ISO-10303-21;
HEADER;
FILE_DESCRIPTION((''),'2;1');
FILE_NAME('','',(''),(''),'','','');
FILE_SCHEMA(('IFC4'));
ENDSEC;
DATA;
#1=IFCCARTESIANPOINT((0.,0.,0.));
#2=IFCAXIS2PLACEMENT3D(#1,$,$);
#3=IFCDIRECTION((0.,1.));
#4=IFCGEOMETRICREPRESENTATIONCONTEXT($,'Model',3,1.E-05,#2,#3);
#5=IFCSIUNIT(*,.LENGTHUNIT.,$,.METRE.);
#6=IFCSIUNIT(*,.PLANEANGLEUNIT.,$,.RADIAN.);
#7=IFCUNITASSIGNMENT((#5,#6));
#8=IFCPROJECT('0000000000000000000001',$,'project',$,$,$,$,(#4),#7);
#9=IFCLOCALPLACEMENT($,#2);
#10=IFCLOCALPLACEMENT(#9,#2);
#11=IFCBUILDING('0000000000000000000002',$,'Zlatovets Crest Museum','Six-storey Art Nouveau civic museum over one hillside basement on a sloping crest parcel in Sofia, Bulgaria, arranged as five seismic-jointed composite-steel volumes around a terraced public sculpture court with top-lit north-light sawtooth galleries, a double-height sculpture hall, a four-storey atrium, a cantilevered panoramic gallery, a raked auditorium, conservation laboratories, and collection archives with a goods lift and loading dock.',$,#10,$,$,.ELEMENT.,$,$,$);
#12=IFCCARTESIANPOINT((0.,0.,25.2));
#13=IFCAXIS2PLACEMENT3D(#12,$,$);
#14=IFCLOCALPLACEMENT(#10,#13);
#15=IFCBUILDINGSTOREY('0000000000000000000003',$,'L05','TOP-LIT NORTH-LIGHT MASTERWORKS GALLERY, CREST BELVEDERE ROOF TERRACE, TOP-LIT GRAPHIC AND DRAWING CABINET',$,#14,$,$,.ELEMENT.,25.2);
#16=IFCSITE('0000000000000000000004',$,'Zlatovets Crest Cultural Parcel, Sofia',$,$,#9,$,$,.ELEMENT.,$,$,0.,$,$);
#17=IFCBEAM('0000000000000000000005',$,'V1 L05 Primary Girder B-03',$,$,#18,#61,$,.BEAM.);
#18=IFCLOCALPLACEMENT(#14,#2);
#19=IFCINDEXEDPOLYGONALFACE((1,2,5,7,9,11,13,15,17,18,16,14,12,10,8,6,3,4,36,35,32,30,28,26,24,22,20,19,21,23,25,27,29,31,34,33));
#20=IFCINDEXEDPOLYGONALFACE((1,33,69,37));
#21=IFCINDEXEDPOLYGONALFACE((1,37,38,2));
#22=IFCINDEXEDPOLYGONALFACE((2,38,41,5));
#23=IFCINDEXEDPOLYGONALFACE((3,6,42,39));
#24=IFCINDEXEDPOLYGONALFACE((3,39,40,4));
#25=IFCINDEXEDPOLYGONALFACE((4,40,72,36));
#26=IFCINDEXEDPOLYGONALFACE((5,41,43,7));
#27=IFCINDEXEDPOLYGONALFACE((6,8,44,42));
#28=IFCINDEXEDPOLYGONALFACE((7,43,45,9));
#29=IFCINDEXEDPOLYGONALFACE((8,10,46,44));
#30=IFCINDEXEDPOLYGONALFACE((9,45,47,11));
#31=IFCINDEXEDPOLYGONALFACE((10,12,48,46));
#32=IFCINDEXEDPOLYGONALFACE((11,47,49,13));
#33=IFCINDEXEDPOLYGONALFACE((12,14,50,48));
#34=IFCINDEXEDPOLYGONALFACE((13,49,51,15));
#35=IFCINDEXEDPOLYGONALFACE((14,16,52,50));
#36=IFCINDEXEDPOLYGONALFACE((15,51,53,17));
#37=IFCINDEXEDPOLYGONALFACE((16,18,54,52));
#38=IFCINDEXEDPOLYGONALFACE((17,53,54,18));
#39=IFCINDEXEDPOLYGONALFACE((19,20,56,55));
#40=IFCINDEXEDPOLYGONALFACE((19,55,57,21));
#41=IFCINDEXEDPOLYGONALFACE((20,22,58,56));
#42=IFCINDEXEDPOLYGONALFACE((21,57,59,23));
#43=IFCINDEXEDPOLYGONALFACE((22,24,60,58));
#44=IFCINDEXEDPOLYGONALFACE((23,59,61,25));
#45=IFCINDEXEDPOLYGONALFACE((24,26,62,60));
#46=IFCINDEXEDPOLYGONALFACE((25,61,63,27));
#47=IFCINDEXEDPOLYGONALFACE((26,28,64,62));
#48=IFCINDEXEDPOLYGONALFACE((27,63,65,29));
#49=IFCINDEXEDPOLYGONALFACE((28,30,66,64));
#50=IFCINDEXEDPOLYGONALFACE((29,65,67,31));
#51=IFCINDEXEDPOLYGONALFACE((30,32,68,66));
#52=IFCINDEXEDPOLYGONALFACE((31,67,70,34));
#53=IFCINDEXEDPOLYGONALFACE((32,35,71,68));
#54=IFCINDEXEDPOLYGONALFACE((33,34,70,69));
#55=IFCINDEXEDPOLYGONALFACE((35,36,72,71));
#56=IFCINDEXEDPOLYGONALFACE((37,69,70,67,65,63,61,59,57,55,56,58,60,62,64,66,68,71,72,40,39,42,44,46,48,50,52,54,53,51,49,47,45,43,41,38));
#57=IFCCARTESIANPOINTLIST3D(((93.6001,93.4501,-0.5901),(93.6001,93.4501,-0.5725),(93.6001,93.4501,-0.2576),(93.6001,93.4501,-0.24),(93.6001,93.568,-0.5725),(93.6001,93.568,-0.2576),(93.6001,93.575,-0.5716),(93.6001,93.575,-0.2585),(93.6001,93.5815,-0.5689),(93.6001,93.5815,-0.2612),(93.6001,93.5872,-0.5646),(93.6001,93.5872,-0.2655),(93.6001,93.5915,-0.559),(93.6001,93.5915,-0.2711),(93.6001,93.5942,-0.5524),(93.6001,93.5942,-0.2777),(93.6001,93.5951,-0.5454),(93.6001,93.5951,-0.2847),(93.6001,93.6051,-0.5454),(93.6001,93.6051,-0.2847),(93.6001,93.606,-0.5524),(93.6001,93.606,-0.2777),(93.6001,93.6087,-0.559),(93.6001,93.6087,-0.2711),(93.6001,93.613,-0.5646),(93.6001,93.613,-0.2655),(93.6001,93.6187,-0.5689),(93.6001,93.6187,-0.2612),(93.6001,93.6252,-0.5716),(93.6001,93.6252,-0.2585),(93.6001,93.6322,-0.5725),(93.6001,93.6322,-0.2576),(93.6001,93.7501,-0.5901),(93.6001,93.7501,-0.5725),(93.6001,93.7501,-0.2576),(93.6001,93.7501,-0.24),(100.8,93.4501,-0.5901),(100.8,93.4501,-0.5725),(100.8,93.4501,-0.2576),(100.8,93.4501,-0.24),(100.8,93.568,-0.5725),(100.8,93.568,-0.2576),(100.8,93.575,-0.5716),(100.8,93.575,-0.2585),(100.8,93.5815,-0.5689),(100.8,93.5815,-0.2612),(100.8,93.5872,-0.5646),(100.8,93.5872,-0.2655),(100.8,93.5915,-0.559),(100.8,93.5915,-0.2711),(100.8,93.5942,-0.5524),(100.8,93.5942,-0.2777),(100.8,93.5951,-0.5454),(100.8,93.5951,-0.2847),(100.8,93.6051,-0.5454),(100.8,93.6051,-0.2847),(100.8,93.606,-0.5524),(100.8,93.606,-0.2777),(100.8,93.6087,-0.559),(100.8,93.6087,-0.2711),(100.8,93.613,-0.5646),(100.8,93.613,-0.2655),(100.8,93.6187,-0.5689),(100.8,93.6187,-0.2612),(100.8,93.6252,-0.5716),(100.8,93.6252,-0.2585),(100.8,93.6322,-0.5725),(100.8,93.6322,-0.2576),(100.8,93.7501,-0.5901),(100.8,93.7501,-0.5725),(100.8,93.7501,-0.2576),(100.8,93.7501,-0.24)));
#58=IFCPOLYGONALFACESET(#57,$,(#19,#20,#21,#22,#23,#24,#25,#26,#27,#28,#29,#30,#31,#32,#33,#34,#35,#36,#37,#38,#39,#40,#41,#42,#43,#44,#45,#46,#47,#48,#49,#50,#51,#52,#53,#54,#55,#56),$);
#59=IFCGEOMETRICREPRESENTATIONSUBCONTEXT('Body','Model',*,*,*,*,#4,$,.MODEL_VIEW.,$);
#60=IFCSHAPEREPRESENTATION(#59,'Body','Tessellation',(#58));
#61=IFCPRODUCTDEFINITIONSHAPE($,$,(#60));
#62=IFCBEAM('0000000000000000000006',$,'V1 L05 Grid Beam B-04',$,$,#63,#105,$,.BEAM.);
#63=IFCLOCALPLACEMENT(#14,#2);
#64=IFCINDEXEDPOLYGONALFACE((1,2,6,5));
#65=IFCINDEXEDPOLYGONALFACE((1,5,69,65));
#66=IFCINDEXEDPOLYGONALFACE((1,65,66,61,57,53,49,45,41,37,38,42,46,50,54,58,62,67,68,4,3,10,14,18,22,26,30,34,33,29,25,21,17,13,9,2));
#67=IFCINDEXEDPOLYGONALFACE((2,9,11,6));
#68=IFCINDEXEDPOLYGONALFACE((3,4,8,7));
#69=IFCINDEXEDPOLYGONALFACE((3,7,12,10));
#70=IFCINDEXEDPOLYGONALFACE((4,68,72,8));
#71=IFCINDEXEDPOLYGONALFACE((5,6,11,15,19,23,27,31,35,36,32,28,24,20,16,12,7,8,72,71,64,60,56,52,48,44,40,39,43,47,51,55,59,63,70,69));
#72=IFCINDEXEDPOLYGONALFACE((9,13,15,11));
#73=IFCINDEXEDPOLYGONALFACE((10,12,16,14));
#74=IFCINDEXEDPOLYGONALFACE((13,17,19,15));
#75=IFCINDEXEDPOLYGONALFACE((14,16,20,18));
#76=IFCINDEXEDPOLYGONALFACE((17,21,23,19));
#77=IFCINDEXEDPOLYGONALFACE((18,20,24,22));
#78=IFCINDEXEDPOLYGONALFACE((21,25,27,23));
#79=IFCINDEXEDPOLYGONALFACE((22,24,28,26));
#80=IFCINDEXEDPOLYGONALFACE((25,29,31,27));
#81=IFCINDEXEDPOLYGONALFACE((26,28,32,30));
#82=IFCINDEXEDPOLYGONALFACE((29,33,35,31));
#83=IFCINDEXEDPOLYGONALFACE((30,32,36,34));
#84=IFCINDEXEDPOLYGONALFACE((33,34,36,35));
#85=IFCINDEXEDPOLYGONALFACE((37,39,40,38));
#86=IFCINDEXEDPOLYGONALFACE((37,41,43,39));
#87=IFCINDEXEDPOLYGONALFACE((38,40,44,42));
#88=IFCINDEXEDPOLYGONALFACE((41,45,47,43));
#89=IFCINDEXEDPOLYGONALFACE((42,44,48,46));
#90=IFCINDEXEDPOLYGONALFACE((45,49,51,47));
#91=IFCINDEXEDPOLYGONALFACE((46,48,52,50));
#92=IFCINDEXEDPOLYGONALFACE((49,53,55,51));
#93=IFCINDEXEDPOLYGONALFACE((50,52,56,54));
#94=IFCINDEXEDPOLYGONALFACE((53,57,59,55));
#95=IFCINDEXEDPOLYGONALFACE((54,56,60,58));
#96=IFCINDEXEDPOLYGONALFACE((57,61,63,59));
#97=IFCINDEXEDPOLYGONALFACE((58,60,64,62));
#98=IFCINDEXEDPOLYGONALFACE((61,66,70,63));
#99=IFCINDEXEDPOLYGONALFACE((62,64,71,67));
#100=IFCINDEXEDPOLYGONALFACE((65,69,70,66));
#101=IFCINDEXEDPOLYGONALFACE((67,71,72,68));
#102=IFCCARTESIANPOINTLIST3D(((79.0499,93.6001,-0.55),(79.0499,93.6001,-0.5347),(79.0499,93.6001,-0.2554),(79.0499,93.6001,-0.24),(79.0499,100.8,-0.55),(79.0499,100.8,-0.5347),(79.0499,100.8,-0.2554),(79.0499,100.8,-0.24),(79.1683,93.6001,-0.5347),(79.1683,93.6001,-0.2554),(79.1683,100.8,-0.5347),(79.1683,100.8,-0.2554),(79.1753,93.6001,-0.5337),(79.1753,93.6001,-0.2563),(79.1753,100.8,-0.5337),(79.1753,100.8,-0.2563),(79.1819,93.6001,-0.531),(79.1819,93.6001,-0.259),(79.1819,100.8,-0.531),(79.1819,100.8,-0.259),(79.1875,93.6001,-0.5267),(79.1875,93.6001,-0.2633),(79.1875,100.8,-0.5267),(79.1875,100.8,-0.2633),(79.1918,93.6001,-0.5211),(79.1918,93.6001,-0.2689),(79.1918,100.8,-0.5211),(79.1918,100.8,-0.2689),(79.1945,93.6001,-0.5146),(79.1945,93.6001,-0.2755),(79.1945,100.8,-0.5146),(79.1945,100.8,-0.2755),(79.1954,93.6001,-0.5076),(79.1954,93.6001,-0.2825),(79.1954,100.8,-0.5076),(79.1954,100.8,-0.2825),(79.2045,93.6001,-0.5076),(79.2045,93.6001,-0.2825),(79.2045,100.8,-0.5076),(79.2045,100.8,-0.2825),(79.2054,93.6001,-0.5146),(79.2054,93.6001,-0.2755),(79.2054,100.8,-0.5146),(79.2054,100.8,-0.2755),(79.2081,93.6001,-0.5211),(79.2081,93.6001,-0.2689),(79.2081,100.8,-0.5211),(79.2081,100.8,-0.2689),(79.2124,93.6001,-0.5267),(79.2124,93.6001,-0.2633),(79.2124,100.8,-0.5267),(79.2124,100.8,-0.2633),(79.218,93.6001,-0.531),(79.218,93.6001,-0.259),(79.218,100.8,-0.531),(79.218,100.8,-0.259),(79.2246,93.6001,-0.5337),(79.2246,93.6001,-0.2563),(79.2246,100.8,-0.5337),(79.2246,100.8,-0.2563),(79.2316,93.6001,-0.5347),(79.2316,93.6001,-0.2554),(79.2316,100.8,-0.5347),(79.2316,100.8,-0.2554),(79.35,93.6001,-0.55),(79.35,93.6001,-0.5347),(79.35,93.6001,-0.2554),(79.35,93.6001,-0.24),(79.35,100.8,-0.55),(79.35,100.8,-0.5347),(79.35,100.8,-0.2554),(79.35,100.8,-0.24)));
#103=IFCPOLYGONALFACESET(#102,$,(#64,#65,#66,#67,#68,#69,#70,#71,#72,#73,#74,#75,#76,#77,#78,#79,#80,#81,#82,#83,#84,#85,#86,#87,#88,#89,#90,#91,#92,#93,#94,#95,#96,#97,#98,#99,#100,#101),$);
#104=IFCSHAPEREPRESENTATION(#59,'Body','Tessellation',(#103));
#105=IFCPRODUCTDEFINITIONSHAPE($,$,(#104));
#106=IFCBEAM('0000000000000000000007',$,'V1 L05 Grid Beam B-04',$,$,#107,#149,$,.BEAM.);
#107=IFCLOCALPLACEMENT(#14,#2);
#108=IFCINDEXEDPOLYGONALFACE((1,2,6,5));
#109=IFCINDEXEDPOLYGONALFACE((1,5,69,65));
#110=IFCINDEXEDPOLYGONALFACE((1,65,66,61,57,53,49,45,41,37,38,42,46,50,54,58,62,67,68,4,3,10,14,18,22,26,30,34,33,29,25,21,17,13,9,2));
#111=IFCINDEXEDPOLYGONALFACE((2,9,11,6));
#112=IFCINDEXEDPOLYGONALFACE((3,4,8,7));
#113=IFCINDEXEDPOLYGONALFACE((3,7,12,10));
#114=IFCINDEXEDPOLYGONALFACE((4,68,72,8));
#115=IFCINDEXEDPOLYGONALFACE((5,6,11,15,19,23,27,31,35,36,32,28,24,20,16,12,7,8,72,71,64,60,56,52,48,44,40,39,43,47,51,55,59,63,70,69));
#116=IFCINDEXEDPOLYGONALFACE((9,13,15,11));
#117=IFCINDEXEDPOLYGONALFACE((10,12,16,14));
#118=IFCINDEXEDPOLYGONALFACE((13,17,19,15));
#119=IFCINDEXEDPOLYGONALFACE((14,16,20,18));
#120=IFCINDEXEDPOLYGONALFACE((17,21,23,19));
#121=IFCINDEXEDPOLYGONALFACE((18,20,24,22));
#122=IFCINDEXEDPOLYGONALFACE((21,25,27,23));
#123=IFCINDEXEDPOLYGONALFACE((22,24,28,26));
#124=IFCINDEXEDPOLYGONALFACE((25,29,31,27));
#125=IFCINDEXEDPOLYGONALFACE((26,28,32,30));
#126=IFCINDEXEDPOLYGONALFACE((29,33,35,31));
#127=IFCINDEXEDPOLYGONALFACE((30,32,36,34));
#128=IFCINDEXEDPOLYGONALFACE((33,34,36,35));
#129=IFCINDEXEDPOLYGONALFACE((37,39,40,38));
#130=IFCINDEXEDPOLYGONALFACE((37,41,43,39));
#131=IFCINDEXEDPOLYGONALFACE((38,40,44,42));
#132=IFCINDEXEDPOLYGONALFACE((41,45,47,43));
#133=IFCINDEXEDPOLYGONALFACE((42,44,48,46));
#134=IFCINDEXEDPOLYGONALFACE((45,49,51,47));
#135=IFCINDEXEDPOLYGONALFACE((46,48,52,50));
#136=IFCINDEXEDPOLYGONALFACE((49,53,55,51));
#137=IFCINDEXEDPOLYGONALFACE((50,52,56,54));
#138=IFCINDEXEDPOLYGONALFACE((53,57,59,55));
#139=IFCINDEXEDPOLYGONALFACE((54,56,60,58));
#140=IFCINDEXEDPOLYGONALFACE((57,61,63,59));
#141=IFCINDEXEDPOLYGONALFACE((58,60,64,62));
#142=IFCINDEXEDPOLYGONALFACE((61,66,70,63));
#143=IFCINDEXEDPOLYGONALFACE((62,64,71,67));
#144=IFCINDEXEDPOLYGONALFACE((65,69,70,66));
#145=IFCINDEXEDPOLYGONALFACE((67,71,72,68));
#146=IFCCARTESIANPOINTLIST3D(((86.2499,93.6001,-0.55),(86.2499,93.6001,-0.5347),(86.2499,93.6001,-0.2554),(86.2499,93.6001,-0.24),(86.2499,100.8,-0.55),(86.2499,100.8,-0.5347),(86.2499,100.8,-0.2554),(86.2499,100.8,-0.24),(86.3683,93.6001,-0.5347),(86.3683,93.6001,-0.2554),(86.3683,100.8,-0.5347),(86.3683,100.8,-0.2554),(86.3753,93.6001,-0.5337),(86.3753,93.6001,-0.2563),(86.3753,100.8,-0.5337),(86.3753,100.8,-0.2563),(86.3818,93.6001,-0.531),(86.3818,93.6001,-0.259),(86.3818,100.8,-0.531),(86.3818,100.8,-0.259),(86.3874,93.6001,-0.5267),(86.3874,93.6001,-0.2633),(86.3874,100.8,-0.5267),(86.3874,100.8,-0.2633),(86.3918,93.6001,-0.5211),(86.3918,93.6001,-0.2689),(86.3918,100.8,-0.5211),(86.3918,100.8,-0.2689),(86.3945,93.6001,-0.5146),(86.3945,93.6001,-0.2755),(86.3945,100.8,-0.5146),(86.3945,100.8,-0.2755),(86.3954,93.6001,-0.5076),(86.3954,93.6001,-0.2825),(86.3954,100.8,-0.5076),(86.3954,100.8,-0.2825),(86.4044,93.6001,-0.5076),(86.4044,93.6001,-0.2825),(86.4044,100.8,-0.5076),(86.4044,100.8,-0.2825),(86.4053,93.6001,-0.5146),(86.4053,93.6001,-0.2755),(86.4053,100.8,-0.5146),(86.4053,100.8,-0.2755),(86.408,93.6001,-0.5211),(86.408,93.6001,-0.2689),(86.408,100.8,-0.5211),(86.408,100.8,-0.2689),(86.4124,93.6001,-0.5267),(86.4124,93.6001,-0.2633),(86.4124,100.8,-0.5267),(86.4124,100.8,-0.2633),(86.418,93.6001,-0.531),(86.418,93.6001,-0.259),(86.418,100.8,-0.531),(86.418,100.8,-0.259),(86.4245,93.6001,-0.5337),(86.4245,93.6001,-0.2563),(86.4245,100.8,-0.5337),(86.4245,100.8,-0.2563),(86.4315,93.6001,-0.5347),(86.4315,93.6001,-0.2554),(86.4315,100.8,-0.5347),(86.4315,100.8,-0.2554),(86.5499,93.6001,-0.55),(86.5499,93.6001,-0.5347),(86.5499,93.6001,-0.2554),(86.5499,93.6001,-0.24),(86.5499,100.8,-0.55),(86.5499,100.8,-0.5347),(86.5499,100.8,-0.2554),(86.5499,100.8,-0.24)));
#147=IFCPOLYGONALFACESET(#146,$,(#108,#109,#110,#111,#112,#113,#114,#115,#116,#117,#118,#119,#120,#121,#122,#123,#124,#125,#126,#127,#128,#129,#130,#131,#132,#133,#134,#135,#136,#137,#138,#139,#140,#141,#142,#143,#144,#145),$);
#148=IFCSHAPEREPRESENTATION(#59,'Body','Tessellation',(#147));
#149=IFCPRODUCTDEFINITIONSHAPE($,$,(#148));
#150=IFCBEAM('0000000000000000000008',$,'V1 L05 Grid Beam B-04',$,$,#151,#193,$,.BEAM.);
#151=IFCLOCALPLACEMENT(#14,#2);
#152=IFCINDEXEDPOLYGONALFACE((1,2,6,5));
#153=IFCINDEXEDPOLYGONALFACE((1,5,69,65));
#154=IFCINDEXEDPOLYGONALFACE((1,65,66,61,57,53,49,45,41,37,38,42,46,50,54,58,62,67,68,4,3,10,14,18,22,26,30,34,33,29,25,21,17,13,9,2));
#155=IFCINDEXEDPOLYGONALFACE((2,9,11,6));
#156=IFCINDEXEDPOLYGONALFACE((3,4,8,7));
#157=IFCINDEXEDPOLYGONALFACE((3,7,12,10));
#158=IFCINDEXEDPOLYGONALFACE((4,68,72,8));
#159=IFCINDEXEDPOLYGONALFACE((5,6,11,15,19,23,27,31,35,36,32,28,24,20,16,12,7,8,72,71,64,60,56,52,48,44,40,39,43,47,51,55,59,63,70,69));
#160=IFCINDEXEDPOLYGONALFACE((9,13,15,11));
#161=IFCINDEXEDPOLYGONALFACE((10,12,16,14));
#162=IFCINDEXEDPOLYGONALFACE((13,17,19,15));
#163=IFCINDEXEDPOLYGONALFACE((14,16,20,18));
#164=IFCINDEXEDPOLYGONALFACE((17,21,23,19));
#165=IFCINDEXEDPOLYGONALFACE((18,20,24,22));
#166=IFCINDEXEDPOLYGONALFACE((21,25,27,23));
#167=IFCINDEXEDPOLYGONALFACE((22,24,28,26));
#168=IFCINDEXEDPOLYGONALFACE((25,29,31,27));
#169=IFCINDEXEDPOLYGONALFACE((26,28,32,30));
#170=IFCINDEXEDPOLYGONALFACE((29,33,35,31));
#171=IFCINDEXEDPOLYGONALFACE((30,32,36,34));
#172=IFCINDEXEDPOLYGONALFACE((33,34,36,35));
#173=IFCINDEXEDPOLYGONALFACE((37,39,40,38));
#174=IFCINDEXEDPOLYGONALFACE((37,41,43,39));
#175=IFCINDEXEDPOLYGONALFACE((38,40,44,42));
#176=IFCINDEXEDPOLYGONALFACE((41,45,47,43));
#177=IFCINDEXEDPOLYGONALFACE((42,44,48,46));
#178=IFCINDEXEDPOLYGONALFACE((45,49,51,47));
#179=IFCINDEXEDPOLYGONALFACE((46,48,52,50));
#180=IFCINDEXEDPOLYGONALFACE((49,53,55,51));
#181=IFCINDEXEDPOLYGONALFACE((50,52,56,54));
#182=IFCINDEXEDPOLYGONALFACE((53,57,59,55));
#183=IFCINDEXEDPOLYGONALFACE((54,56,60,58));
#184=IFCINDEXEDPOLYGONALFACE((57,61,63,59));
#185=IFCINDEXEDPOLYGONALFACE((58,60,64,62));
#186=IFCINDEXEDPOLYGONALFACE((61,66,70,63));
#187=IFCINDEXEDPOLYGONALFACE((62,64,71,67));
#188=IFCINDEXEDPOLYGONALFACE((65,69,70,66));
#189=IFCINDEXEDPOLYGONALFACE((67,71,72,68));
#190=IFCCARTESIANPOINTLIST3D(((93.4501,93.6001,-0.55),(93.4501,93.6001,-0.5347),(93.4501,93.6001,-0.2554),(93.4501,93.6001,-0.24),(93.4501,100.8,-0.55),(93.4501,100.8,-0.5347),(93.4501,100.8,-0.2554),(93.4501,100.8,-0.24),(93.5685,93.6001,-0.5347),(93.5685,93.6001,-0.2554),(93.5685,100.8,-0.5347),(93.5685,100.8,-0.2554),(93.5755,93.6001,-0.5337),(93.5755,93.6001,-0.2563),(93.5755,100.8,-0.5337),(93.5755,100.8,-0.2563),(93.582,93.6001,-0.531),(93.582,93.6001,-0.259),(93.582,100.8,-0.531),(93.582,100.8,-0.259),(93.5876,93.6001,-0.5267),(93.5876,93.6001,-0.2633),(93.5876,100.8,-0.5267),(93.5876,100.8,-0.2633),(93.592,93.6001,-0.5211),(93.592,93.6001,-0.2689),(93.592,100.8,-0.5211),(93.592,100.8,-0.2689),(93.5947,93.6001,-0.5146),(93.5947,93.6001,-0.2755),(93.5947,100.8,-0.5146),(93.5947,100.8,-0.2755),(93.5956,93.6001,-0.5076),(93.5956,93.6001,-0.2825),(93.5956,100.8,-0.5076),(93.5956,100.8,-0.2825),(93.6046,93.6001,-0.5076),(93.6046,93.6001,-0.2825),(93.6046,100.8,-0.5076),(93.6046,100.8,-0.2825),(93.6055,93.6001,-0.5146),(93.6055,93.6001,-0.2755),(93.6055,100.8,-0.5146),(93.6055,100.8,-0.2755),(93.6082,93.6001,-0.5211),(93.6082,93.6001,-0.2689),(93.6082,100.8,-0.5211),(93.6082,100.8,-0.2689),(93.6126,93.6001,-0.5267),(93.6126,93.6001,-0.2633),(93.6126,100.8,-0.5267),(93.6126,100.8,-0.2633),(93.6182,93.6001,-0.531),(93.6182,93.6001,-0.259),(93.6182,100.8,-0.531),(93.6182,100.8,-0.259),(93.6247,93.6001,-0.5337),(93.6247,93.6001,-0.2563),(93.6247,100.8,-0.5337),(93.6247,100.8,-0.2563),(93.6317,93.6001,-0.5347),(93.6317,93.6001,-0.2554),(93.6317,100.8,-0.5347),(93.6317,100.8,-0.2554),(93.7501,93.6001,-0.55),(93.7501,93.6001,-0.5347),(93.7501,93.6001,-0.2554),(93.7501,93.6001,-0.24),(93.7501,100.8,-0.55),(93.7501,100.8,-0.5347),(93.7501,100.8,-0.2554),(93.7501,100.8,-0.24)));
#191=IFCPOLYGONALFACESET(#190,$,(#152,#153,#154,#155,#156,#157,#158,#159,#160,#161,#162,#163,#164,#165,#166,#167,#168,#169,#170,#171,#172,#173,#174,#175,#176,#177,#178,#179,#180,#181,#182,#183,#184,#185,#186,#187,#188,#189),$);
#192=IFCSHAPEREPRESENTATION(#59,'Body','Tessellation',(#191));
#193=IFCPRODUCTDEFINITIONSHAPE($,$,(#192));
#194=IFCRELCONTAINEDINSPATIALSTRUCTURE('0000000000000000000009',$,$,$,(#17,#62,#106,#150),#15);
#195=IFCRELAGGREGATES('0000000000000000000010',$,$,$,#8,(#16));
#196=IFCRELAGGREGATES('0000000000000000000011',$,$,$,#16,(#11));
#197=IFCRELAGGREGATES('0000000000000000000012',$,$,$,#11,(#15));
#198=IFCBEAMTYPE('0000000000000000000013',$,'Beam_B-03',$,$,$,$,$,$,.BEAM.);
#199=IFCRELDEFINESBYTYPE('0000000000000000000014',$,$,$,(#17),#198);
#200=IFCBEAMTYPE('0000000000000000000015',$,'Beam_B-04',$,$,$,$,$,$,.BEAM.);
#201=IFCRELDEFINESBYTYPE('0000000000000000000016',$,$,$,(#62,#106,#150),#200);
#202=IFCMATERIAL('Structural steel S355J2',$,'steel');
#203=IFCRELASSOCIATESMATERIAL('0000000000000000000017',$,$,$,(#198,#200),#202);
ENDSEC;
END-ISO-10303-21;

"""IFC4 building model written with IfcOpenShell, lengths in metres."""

from ifc_helpers import new_model, si_unit, direction, frame, origin, origin_2d, place, context, subcontext, project, spatial, i_section, extrude, material, material_profile, profile_set, type_object, element, save


model = new_model("IFC4")

# Units and contexts
model_context = context("Model", 3, precision=1e-05, world=origin(), true_north=direction((0.0, 1.0)))
body_context = subcontext(model_context, "Body", "Model", "MODEL_VIEW")
ifc_project = project(units=[si_unit("LENGTHUNIT", "METRE"), si_unit("PLANEANGLEUNIT", "RADIAN")], contexts=[model_context])

# Site, building, storey
site_placement = place(None, origin())
site = spatial("IfcSite", under=ifc_project, at=site_placement, Name="Zlatovets Crest Cultural Parcel, Sofia", CompositionType="ELEMENT", RefElevation=0.0)
building_placement = place(site_placement, origin())
building = spatial("IfcBuilding", under=site, at=building_placement, Name="Zlatovets Crest Museum", Description="Six-storey Art Nouveau civic museum over one hillside basement on a sloping crest parcel in Sofia, Bulgaria, arranged as five seismic-jointed composite-steel volumes around a terraced public sculpture court with top-lit north-light sawtooth galleries, a double-height sculpture hall, a four-storey atrium, a cantilevered panoramic gallery, a raked auditorium, conservation laboratories, and collection archives with a goods lift and loading dock.", CompositionType="ELEMENT")
storey_placement = place(building_placement, frame((0.0, 0.0, 25.2)))
storey = spatial("IfcBuildingStorey", under=building, at=storey_placement, Name="L05", Description="TOP-LIT NORTH-LIGHT MASTERWORKS GALLERY, CREST BELVEDERE ROOF TERRACE, TOP-LIT GRAPHIC AND DRAWING CABINET", CompositionType="ELEMENT", Elevation=25.2)

# Shared definitions
ifc_material_1 = material(Name="Structural steel S355J2", Category="steel")

# Beams
ifc_material_profile_1 = material_profile(ifc_material_1, i_section(OverallWidth=0.3, OverallDepth=0.3501, WebThickness=0.01, FlangeThickness=0.0176, FilletRadius=0.0271, at=origin_2d()), Name="HEA 360")
ifc_profile_set_1 = profile_set([ifc_material_profile_1], Name="Structural steel S355J2")
beam_type_1 = type_object("IfcBeamType", Name="Beam_B-03", PredefinedType="BEAM", material=ifc_profile_set_1)
beam_1_placement = place(storey_placement, frame((93.6001, 93.6001, -0.415), z_axis=(1.0, 0.0, 0.0), x_axis=(0.0, 1.0, 0.0)))
element("IfcBeam", 1, at=beam_1_placement, inside=storey, type_object=beam_type_1, Name="V1 L05 Primary Girder B-03", PredefinedType="BEAM", context=body_context, shape_type="SweptSolid", body=[
    extrude(i_section(OverallWidth=0.3, OverallDepth=0.3501, WebThickness=0.01, FlangeThickness=0.0176, FilletRadius=0.0271, at=origin_2d()), origin(), (0.0, 0.0, 1.0), 7.2),
])
ifc_material_profile_2 = material_profile(ifc_material_1, i_section(OverallWidth=0.3, OverallDepth=0.3101, WebThickness=0.009, FlangeThickness=0.0154, FilletRadius=0.0271, at=origin_2d()), Name="HEA 320")
ifc_profile_set_2 = profile_set([ifc_material_profile_2], Name="Structural steel S355J2")
beam_type_2 = type_object("IfcBeamType", Name="Beam_B-04", PredefinedType="BEAM", material=ifc_profile_set_2)
for number, where, z_axis, x_axis, name in (
    (2, (79.2, 93.6001, -0.395), (0.0, 1.0, 0.0), (-1.0, 0.0, 0.0), "V1 L05 Grid Beam B-04"),
    (3, (86.3999, 93.6001, -0.395), (0.0, 1.0, 0.0), (-1.0, 0.0, 0.0), "V1 L05 Grid Beam B-04"),
    (4, (93.6001, 93.6001, -0.395), (0.0, 1.0, 0.0), (-1.0, 0.0, 0.0), "V1 L05 Grid Beam B-04"),
):
    element("IfcBeam", number, at=place(storey_placement, frame(where, z_axis=z_axis, x_axis=x_axis)), inside=storey, type_object=beam_type_2, Name=name, PredefinedType="BEAM", context=body_context, shape_type="SweptSolid", body=[
        extrude(i_section(OverallWidth=0.3, OverallDepth=0.3101, WebThickness=0.009, FlangeThickness=0.0154, FilletRadius=0.0271, at=origin_2d()), origin(), (0.0, 0.0, 1.0), 7.2),
    ])

save(model, "model.ifc")
